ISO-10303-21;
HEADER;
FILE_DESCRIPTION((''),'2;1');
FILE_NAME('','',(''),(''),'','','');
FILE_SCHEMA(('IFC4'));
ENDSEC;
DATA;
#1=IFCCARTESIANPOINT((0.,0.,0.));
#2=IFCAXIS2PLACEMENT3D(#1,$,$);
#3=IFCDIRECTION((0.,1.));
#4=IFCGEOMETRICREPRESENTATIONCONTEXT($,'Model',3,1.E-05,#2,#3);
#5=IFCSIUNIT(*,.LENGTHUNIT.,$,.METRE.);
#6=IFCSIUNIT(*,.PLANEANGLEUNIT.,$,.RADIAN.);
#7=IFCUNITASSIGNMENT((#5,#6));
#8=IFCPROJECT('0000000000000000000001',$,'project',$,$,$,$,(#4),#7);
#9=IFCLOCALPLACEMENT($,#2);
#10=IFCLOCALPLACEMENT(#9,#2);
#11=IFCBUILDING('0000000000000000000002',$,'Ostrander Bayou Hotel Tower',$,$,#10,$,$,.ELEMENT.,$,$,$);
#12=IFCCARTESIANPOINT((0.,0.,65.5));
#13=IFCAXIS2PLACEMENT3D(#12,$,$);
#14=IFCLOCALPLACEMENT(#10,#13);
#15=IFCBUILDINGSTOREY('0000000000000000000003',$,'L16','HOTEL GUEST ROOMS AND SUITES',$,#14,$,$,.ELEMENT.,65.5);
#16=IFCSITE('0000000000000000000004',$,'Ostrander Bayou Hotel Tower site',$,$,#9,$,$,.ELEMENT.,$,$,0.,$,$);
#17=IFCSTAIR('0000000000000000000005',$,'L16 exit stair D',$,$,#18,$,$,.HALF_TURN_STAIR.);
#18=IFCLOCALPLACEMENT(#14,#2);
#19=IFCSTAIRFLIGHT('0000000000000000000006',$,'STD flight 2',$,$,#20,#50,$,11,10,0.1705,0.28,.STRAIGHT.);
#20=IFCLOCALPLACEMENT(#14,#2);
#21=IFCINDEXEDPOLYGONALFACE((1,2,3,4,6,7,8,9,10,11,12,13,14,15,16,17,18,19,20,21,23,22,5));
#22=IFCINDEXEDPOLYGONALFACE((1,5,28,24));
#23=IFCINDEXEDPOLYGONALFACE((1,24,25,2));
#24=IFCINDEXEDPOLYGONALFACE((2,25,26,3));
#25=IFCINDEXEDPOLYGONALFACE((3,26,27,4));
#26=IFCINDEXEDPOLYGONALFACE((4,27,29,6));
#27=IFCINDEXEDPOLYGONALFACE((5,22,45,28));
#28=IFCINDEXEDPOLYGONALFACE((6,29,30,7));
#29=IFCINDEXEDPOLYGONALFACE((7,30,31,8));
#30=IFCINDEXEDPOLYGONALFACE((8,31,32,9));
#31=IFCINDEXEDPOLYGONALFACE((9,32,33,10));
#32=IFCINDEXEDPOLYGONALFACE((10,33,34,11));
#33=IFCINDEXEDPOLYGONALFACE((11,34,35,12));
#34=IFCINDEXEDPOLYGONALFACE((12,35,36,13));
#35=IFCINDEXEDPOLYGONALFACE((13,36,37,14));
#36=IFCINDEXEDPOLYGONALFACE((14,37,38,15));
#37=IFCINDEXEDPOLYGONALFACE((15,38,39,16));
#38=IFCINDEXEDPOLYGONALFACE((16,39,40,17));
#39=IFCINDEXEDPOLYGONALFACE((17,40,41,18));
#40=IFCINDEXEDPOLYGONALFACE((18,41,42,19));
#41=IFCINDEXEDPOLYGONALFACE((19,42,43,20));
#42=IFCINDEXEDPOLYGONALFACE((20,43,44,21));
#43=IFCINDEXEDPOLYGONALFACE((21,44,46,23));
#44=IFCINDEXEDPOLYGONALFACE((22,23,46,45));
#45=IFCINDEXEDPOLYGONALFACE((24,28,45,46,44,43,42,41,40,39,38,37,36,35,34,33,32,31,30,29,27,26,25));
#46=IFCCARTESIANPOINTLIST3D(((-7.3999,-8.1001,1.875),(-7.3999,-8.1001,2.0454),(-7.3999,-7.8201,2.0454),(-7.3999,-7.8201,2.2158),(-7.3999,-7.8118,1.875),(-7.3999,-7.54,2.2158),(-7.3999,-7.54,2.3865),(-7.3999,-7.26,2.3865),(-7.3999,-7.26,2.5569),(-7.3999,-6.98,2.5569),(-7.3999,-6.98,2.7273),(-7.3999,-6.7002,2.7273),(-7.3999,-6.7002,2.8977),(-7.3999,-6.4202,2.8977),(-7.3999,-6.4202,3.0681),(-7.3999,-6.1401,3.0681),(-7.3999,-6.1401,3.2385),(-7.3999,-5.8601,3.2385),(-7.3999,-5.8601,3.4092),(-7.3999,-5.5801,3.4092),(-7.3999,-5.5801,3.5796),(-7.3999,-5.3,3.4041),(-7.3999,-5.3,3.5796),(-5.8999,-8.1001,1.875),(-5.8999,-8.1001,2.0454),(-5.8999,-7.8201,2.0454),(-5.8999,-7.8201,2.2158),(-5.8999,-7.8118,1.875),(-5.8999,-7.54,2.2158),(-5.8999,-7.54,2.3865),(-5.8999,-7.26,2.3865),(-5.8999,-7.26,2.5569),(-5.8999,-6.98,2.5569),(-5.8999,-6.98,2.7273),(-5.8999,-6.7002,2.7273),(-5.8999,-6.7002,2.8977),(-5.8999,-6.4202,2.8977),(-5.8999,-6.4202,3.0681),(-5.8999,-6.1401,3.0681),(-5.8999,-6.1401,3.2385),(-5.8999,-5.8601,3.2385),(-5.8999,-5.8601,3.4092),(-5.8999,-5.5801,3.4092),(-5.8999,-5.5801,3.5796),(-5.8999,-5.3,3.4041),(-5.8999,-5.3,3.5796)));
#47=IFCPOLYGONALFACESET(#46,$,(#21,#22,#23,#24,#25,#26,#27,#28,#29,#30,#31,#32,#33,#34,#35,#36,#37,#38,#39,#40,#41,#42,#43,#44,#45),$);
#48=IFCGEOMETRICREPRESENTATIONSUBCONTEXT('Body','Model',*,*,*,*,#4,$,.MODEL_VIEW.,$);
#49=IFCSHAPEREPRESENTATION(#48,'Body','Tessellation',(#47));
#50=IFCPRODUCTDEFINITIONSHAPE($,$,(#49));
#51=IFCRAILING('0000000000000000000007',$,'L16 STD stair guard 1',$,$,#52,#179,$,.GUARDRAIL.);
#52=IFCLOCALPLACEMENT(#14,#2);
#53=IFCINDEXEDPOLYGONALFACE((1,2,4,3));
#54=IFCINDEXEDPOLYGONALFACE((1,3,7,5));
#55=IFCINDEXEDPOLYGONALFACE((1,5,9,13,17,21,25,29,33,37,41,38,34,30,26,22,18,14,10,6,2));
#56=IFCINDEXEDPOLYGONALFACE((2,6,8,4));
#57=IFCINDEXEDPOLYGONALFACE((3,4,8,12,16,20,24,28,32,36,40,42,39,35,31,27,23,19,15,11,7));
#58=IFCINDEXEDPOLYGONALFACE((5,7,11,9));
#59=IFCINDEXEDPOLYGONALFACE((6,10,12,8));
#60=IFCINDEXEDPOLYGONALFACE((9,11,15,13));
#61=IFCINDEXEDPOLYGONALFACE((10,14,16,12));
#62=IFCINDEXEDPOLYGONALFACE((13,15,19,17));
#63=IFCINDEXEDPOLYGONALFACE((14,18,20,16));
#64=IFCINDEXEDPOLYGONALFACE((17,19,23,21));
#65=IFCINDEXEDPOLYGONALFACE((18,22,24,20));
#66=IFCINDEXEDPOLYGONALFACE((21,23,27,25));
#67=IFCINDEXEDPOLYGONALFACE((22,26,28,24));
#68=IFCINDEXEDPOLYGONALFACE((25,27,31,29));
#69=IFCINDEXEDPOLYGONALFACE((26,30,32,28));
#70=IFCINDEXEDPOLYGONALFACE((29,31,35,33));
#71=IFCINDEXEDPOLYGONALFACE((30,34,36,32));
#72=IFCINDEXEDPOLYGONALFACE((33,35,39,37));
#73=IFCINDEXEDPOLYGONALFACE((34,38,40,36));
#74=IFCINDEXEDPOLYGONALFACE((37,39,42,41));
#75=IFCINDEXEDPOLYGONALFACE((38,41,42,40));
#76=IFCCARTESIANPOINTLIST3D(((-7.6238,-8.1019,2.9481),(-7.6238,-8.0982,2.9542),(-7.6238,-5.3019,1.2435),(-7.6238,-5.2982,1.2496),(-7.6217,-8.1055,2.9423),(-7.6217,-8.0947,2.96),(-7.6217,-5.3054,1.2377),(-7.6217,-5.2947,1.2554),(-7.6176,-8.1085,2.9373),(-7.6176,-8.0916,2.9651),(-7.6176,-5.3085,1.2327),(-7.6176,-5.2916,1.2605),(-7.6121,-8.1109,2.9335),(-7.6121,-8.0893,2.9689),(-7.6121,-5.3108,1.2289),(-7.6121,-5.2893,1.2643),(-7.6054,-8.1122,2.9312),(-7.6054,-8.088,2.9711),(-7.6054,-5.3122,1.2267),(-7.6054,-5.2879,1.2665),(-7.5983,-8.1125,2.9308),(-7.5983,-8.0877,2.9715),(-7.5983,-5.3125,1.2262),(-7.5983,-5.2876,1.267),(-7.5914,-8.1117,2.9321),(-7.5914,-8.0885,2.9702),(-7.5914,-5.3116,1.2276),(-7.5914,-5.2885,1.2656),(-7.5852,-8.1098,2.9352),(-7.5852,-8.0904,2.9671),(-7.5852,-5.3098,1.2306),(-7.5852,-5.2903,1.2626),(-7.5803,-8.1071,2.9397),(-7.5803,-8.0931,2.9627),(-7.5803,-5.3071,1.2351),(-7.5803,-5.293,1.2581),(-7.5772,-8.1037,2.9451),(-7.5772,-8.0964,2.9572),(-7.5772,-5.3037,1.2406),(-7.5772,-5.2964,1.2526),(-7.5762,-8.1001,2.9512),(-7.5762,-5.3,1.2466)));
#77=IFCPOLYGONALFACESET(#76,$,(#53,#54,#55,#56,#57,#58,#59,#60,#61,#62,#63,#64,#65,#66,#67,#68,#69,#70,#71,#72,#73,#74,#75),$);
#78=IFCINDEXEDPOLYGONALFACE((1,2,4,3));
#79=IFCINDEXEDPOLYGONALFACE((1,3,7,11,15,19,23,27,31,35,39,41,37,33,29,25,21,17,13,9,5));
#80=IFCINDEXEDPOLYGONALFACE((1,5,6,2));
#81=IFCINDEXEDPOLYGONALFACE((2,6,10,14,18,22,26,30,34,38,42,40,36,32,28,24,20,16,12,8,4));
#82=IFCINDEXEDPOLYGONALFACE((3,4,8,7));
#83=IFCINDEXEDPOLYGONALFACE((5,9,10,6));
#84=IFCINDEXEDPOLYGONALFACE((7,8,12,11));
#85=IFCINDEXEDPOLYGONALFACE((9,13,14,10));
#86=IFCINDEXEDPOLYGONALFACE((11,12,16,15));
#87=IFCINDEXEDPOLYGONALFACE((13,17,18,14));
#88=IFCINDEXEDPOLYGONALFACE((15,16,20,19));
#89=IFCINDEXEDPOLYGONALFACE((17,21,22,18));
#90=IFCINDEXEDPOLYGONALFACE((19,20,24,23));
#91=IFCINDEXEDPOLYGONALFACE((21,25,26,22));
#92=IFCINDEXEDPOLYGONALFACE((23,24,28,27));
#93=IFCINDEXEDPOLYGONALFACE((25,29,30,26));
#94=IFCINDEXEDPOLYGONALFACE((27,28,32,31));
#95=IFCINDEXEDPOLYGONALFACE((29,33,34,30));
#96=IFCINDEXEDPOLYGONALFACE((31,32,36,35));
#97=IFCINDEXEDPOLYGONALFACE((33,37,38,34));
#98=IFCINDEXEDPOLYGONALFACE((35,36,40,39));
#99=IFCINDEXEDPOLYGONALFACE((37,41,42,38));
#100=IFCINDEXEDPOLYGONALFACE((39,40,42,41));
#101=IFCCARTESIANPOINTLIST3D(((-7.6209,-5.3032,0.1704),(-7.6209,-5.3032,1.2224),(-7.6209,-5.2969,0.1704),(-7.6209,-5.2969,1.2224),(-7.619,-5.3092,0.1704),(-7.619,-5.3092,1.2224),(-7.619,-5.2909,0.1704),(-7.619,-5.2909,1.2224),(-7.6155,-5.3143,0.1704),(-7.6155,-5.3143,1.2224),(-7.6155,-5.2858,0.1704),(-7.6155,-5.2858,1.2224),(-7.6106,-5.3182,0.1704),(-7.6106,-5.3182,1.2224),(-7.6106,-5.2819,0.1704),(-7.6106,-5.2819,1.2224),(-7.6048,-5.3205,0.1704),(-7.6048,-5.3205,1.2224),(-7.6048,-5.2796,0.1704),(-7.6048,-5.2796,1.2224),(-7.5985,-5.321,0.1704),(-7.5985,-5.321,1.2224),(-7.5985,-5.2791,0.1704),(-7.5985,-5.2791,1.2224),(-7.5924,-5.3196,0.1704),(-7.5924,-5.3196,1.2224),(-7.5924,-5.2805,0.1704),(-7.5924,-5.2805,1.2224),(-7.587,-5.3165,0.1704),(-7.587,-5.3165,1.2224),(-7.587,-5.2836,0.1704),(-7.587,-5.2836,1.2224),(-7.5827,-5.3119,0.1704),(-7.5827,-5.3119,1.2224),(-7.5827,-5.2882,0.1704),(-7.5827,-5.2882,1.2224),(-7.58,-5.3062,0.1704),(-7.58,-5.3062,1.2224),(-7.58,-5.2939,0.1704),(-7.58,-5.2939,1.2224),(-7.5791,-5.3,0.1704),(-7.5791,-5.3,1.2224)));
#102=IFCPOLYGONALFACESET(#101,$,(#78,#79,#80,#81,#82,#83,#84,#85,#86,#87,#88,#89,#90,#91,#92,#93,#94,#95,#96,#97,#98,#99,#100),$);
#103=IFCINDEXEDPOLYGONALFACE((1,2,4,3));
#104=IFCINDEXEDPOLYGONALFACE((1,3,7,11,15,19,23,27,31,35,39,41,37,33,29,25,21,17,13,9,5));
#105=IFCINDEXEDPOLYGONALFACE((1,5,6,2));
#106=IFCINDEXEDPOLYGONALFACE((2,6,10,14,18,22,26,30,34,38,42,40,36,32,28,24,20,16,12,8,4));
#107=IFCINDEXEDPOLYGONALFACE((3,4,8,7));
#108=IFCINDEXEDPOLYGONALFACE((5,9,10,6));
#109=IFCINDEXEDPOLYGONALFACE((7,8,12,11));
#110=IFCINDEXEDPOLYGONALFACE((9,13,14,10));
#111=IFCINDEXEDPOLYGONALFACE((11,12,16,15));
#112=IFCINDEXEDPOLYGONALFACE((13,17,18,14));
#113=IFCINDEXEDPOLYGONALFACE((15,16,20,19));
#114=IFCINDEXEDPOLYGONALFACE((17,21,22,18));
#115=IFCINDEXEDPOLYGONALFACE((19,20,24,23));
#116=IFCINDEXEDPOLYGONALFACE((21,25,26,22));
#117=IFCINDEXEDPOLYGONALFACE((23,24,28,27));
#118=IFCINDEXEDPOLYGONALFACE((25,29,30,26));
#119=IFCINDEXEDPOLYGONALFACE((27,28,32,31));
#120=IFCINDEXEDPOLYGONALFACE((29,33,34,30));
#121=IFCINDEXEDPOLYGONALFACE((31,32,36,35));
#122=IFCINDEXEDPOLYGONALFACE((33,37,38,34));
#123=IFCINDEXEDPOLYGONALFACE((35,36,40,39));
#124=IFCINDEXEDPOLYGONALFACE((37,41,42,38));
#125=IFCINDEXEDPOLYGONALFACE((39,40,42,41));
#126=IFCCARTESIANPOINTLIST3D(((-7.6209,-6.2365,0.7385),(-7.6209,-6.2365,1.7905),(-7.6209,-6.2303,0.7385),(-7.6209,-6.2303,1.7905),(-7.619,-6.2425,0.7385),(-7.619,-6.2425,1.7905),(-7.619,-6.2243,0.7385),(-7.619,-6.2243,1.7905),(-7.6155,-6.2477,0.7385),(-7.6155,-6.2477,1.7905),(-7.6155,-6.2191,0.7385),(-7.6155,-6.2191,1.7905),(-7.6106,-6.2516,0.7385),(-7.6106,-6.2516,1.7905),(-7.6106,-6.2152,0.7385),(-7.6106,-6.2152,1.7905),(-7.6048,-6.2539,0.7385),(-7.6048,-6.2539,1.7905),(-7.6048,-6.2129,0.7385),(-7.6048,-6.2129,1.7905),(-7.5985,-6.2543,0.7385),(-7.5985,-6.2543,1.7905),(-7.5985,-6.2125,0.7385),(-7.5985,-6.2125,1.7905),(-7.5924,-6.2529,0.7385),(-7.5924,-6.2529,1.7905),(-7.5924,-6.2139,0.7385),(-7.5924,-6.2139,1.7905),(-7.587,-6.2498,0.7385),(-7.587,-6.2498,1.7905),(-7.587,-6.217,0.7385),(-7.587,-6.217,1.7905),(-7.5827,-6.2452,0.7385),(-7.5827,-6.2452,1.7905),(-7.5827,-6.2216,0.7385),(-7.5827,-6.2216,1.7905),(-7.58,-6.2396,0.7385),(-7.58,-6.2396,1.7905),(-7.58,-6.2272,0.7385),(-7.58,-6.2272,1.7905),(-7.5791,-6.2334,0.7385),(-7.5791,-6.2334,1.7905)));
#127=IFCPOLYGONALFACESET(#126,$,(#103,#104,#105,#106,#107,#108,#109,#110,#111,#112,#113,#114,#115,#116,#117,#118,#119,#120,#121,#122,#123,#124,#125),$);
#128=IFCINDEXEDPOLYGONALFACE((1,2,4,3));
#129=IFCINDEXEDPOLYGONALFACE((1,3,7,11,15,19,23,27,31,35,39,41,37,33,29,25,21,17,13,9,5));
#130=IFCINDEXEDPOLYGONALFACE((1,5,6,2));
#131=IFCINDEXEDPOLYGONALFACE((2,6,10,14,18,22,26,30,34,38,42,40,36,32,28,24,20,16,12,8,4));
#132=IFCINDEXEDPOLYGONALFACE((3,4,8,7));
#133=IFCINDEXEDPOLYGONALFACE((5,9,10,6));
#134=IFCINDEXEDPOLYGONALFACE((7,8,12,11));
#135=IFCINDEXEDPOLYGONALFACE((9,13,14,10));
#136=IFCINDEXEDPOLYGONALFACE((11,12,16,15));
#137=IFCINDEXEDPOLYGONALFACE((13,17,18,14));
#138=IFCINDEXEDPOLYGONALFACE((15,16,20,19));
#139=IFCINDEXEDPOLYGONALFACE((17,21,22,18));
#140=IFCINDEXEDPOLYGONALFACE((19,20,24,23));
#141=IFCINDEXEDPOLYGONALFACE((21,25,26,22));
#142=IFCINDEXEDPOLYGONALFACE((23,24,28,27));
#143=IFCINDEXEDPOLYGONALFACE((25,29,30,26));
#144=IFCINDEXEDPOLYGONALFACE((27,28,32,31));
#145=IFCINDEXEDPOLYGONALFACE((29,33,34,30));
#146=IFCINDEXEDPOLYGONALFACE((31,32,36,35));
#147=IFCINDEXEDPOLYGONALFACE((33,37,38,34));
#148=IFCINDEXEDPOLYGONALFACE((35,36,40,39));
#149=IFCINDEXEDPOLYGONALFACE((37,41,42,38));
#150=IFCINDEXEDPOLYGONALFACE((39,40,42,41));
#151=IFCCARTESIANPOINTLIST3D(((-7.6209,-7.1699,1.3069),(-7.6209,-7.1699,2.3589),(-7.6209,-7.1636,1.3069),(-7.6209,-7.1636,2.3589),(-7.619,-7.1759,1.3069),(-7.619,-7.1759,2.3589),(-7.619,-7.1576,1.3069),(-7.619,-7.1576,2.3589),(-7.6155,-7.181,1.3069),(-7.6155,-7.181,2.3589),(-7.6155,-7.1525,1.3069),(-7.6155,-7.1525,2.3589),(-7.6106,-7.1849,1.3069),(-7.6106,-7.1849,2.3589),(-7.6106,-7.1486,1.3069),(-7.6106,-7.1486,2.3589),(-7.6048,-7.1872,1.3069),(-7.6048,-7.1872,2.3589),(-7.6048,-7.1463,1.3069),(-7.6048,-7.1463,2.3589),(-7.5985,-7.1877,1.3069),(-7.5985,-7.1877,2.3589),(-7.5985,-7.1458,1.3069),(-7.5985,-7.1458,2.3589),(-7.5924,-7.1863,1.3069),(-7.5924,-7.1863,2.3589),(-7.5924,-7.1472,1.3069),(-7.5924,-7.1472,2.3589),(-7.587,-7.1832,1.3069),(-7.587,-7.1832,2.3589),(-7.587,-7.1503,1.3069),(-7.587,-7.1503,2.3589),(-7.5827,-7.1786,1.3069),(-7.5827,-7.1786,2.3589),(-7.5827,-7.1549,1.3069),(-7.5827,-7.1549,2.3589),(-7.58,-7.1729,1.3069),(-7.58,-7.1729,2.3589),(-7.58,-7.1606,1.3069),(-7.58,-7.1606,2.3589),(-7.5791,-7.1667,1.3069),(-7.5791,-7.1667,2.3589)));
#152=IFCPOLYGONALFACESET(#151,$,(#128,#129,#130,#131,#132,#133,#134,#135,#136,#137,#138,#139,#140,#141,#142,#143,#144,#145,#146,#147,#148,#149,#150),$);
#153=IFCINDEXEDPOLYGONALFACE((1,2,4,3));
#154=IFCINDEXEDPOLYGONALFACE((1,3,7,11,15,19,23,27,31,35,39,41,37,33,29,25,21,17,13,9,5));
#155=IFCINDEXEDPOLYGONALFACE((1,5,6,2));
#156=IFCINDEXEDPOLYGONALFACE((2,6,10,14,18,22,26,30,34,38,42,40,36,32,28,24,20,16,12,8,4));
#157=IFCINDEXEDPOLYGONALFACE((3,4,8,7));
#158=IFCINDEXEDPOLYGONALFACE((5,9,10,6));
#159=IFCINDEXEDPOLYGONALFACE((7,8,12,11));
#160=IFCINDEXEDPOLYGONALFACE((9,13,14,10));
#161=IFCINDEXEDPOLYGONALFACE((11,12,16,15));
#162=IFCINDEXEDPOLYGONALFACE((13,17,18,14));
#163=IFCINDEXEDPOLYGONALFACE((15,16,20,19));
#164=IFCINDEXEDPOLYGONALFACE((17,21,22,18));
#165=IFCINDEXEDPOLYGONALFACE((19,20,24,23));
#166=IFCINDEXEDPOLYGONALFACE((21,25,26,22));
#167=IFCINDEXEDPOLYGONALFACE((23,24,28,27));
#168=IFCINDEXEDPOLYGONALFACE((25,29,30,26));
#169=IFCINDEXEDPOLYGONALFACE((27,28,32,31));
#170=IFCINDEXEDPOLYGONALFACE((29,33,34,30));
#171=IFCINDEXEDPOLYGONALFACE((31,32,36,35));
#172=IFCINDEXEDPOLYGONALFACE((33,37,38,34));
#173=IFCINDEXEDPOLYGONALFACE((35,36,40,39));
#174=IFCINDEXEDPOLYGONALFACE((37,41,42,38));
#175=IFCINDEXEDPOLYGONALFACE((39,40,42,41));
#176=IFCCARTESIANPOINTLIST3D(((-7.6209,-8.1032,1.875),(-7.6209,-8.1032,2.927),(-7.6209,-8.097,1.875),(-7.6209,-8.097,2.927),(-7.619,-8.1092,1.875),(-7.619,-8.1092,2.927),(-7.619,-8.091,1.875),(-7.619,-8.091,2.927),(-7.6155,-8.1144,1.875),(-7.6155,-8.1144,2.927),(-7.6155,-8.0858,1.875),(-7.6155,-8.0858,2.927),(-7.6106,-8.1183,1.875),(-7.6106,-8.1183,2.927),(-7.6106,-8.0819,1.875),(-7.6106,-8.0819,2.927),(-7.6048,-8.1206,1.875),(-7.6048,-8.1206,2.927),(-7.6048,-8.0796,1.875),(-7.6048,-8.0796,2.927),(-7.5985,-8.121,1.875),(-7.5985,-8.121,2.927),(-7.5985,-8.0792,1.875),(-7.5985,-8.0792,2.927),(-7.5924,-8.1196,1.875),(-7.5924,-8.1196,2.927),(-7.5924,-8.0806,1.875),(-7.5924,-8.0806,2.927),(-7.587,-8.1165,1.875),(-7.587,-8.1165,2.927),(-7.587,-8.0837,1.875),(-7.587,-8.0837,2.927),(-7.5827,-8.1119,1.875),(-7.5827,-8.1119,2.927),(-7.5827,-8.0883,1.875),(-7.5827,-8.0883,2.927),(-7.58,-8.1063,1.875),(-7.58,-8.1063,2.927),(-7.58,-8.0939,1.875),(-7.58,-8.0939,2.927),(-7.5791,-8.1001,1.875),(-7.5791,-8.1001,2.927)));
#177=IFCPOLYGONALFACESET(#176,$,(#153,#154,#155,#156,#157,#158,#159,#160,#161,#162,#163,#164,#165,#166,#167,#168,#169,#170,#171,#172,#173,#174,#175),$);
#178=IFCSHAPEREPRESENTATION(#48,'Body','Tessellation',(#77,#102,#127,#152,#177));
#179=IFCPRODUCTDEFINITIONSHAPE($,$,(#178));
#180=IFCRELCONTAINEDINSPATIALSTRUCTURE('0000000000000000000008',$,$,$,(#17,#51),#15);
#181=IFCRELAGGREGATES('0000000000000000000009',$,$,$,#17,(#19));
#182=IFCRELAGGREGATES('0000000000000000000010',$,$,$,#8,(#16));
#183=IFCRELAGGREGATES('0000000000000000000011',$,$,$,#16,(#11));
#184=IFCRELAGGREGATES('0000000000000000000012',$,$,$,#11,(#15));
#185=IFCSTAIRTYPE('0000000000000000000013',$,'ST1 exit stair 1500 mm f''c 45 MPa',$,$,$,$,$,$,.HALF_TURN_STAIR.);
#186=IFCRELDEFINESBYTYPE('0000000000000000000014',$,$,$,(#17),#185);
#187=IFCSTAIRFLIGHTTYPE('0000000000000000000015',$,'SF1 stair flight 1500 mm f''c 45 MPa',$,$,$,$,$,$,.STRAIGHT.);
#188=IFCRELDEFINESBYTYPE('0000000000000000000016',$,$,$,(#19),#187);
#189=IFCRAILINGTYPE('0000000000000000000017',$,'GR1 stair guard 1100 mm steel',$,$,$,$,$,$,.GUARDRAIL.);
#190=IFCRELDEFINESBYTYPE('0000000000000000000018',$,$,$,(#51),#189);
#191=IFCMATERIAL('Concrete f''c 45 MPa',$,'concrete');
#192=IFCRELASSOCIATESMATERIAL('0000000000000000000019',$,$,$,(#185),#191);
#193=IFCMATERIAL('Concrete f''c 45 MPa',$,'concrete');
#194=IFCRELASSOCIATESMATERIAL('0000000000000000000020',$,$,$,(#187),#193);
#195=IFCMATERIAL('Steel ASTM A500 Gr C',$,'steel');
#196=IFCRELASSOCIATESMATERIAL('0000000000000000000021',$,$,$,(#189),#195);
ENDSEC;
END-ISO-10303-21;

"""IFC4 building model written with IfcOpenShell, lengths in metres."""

from ifc_helpers import new_model, si_unit, direction, frame, origin, origin_2d, place, context, subcontext, project, spatial, polyline, circle, outline, extrude, material, type_object, element, aggregate, save


model = new_model("IFC4")

# Units and contexts
model_context = context("Model", 3, precision=1e-05, world=origin(), true_north=direction((0.0, 1.0)))
body_context = subcontext(model_context, "Body", "Model", "MODEL_VIEW")
ifc_project = project(units=[si_unit("LENGTHUNIT", "METRE"), si_unit("PLANEANGLEUNIT", "RADIAN")], contexts=[model_context])

# Site, building, storey
site_placement = place(None, origin())
site = spatial("IfcSite", under=ifc_project, at=site_placement, Name="Ostrander Bayou Hotel Tower site", CompositionType="ELEMENT", RefElevation=0.0)
building_placement = place(site_placement, origin())
building = spatial("IfcBuilding", under=site, at=building_placement, Name="Ostrander Bayou Hotel Tower", CompositionType="ELEMENT")
storey_placement = place(building_placement, frame((0.0, 0.0, 65.5)))
storey = spatial("IfcBuildingStorey", under=building, at=storey_placement, Name="L16", Description="HOTEL GUEST ROOMS AND SUITES", CompositionType="ELEMENT", Elevation=65.5)

# Stair, stair flight
ifc_material_1 = material(Name="Concrete f'c 45 MPa", Category="concrete")
stair_type = type_object("IfcStairType", Name="ST1 exit stair 1500 mm f'c 45 MPa", PredefinedType="HALF_TURN_STAIR", material=ifc_material_1)
stair_placement = place(storey_placement, origin())
stair = element("IfcStair", 1, at=stair_placement, inside=storey, type_object=stair_type, Name="L16 exit stair D", PredefinedType="HALF_TURN_STAIR")
ifc_material_2 = material(Name="Concrete f'c 45 MPa", Category="concrete")
stair_flight_type = type_object("IfcStairFlightType", Name="SF1 stair flight 1500 mm f'c 45 MPa", PredefinedType="STRAIGHT", material=ifc_material_2)
stair_flight_1_placement = place(storey_placement, frame((-6.6499, -8.1001, 1.875), z_axis=(0.0, 0.0, 1.0), x_axis=(0.0, 1.0, 0.0)))
stair_flight_1 = element("IfcStairFlight", 2, at=stair_flight_1_placement, type_object=stair_flight_type, Name="STD flight 2", NumberOfRisers=11, NumberOfTreads=10, PredefinedType="STRAIGHT", RiserHeight=0.1705, TreadLength=0.28, context=body_context, shape_type="SweptSolid", body=[
    extrude(outline(polyline([(0.0, 0.0), (0.0, 0.1704), (0.28, 0.1704), (0.28, 0.3408), (0.5601, 0.3408), (0.5601, 0.5115), (0.8401, 0.5115), (0.8401, 0.6819), (1.1201, 0.6819), (1.1201, 0.8523), (1.3999, 0.8523), (1.3999, 1.0227), (1.6799, 1.0227), (1.6799, 1.1931), (1.96, 1.1931), (1.96, 1.3635), (2.24, 1.3635), (2.24, 1.5342), (2.52, 1.5342), (2.52, 1.7046), (2.8, 1.7046), (2.8, 1.875), (2.8, 1.5291), (0.2883, 0.0), (0.0, 0.0)])), frame((0.0, 0.75, 0.0), z_axis=(0.0, -1.0, 0.0), x_axis=(1.0, 0.0, 0.0)), (0.0, 0.0, 1.0), 1.5),
])
aggregate(stair, [stair_flight_1])

# Railing
ifc_material_3 = material(Name="Steel ASTM A500 Gr C", Category="steel")
railing_type_1 = type_object("IfcRailingType", Name="GR1 stair guard 1100 mm steel", PredefinedType="GUARDRAIL", material=ifc_material_3)
railing_1_placement = place(storey_placement, frame((-7.6001, -5.3, 0.1704)))
element("IfcRailing", 3, at=railing_1_placement, inside=storey, type_object=railing_type_1, Name="L16 STD stair guard 1", PredefinedType="GUARDRAIL", context=body_context, shape_type="SweptSolid", body=[
    extrude(circle(Radius=0.0239, at=origin_2d()), frame((0.0, 0.0, 1.0762), z_axis=(0.0, -0.85417, 0.519994), x_axis=(1.0, 0.0, 0.0)), (0.0, 0.0, 1.0), 3.2781),
    extrude(circle(Radius=0.021, at=origin_2d()), origin(), (0.0, 0.0, 1.0), 1.052),
    extrude(circle(Radius=0.021, at=origin_2d()), frame((0.0, -0.9333, 0.5681)), (0.0, 0.0, 1.0), 1.052),
    extrude(circle(Radius=0.021, at=origin_2d()), frame((0.0, -1.8667, 1.1365)), (0.0, 0.0, 1.0), 1.052),
    extrude(circle(Radius=0.021, at=origin_2d()), frame((0.0, -2.8, 1.7046)), (0.0, 0.0, 1.0), 1.052),
])

save(model, "model.ifc")
